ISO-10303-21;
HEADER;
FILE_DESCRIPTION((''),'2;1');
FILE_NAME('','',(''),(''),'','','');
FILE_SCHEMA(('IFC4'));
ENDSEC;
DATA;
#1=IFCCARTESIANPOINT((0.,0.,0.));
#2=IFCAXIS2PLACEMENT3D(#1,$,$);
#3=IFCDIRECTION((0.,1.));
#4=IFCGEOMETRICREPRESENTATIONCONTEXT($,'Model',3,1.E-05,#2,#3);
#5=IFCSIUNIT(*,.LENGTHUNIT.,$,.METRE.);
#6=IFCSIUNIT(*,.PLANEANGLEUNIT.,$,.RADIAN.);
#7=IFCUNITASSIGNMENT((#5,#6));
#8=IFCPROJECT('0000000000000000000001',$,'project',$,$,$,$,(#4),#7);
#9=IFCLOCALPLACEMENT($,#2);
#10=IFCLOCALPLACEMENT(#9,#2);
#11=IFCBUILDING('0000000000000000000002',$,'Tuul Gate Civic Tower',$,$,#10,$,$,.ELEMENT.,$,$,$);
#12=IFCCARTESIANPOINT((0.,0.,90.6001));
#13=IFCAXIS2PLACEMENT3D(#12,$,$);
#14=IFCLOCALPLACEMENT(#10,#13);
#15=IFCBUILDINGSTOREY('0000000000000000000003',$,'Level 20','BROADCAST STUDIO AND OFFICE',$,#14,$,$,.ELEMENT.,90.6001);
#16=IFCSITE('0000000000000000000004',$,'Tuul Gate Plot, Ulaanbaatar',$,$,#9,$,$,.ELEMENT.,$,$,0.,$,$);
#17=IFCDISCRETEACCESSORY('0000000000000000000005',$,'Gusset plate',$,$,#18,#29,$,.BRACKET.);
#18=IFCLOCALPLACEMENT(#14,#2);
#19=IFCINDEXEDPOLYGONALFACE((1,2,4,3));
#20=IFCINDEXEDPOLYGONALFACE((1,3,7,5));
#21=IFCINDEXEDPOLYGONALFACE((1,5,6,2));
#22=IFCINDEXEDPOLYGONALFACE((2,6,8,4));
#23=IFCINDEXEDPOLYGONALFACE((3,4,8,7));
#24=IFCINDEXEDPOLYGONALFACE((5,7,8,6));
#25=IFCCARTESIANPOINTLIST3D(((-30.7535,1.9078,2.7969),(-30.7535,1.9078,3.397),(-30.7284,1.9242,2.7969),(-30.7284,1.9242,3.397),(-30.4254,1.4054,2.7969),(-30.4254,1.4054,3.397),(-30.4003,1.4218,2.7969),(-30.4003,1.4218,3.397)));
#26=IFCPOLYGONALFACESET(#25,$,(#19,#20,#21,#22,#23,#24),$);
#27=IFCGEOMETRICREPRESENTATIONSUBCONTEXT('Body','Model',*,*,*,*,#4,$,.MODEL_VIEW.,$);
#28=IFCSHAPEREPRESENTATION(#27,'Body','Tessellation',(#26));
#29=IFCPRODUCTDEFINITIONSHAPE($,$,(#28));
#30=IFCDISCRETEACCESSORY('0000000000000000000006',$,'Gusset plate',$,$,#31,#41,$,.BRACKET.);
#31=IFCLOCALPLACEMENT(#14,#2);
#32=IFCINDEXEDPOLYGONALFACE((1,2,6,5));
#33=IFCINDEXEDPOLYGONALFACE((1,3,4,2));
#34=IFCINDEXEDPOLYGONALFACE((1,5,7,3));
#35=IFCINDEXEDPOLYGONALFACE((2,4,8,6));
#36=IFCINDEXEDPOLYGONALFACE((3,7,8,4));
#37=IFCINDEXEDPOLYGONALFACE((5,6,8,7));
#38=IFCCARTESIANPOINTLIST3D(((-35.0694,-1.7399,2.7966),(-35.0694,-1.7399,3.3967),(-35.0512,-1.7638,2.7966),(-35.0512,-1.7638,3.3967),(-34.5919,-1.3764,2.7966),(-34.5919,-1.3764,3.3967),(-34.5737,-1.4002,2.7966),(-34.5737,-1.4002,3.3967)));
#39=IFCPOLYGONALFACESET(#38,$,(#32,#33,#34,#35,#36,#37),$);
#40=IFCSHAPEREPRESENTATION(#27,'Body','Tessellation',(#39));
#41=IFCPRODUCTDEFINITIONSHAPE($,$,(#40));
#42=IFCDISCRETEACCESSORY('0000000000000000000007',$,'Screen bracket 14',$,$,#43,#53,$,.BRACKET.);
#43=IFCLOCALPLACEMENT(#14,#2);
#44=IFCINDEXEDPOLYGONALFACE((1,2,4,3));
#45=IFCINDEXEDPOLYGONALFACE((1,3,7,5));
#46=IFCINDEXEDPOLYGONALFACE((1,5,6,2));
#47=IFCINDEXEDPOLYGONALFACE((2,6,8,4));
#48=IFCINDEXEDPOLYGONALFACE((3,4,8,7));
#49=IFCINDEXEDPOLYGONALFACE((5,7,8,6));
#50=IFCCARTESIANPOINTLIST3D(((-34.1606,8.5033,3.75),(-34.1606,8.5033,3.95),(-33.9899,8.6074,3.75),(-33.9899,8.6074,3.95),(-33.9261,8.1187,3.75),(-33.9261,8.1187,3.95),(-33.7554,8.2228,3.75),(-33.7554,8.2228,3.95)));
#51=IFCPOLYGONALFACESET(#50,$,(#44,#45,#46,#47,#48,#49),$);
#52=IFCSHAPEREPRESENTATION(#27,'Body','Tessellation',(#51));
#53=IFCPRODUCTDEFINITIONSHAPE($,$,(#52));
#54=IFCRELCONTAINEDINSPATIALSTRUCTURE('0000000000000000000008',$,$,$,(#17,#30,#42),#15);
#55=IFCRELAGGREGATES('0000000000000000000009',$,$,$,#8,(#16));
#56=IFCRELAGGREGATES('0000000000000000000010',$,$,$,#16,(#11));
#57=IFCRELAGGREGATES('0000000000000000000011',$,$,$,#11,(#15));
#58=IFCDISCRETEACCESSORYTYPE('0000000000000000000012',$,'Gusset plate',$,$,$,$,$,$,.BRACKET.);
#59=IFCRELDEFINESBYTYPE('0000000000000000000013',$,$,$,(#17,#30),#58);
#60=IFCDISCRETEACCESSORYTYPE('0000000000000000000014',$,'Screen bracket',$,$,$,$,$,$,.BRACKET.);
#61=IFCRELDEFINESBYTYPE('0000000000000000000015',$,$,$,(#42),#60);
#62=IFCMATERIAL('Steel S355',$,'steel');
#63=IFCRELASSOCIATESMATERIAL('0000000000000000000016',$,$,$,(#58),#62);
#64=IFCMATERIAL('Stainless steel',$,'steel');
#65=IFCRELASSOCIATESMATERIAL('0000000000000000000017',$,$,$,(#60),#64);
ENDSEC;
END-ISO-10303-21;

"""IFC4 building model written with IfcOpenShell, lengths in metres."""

from ifc_helpers import new_model, si_unit, direction, frame, origin, origin_2d, place, context, subcontext, project, spatial, rectangle, extrude, material, type_object, element, save


model = new_model("IFC4")

# Units and contexts
model_context = context("Model", 3, precision=1e-05, world=origin(), true_north=direction((0.0, 1.0)))
body_context = subcontext(model_context, "Body", "Model", "MODEL_VIEW")
ifc_project = project(units=[si_unit("LENGTHUNIT", "METRE"), si_unit("PLANEANGLEUNIT", "RADIAN")], contexts=[model_context])

# Site, building, storey
site_placement = place(None, origin())
site = spatial("IfcSite", under=ifc_project, at=site_placement, Name="Tuul Gate Plot, Ulaanbaatar", CompositionType="ELEMENT", RefElevation=0.0)
building_placement = place(site_placement, origin())
building = spatial("IfcBuilding", under=site, at=building_placement, Name="Tuul Gate Civic Tower", CompositionType="ELEMENT")
storey_placement = place(building_placement, frame((0.0, 0.0, 90.6001)))
storey = spatial("IfcBuildingStorey", under=building, at=storey_placement, Name="Level 20", Description="BROADCAST STUDIO AND OFFICE", CompositionType="ELEMENT", Elevation=90.6001)

# Discrete accessories
ifc_material_1 = material(Name="Steel S355", Category="steel")
discrete_accessory_type_1 = type_object("IfcDiscreteAccessoryType", Name="Gusset plate", PredefinedType="BRACKET", material=ifc_material_1)
for number, where, z_axis, x_axis, name in (
    (1, (-30.5769, 1.6648, 2.7969), (0.0, 0.0, 1.0), (0.546722, -0.837314, 0.0), "Gusset plate"),
    (2, (-34.8215, -1.5701, 2.7966), (0.0, 0.0, 1.0), (0.795629, 0.605784, 0.0), "Gusset plate"),
):
    element("IfcDiscreteAccessory", number, at=place(storey_placement, frame(where, z_axis=z_axis, x_axis=x_axis)), inside=storey, type_object=discrete_accessory_type_1, Name=name, PredefinedType="BRACKET", context=body_context, shape_type="SweptSolid", body=[
        extrude(rectangle(XDim=0.6001, YDim=0.03, at=origin_2d()), origin(), (0.0, 0.0, 1.0), 0.6001),
    ])
ifc_material_2 = material(Name="Stainless steel", Category="steel")
discrete_accessory_type_2 = type_object("IfcDiscreteAccessoryType", Name="Screen bracket", PredefinedType="BRACKET", material=ifc_material_2)
discrete_accessory_placement = place(storey_placement, frame((-33.958, 8.363, 3.75), z_axis=(0.0, 0.0, 1.0), x_axis=(-0.520735, 0.853718, 0.0)))
element("IfcDiscreteAccessory", 3, at=discrete_accessory_placement, inside=storey, type_object=discrete_accessory_type_2, Name="Screen bracket 14", PredefinedType="BRACKET", context=body_context, shape_type="SweptSolid", body=[
    extrude(rectangle(XDim=0.4504, YDim=0.2, at=origin_2d()), origin(), (0.0, 0.0, 1.0), 0.2),
])

save(model, "model.ifc")
